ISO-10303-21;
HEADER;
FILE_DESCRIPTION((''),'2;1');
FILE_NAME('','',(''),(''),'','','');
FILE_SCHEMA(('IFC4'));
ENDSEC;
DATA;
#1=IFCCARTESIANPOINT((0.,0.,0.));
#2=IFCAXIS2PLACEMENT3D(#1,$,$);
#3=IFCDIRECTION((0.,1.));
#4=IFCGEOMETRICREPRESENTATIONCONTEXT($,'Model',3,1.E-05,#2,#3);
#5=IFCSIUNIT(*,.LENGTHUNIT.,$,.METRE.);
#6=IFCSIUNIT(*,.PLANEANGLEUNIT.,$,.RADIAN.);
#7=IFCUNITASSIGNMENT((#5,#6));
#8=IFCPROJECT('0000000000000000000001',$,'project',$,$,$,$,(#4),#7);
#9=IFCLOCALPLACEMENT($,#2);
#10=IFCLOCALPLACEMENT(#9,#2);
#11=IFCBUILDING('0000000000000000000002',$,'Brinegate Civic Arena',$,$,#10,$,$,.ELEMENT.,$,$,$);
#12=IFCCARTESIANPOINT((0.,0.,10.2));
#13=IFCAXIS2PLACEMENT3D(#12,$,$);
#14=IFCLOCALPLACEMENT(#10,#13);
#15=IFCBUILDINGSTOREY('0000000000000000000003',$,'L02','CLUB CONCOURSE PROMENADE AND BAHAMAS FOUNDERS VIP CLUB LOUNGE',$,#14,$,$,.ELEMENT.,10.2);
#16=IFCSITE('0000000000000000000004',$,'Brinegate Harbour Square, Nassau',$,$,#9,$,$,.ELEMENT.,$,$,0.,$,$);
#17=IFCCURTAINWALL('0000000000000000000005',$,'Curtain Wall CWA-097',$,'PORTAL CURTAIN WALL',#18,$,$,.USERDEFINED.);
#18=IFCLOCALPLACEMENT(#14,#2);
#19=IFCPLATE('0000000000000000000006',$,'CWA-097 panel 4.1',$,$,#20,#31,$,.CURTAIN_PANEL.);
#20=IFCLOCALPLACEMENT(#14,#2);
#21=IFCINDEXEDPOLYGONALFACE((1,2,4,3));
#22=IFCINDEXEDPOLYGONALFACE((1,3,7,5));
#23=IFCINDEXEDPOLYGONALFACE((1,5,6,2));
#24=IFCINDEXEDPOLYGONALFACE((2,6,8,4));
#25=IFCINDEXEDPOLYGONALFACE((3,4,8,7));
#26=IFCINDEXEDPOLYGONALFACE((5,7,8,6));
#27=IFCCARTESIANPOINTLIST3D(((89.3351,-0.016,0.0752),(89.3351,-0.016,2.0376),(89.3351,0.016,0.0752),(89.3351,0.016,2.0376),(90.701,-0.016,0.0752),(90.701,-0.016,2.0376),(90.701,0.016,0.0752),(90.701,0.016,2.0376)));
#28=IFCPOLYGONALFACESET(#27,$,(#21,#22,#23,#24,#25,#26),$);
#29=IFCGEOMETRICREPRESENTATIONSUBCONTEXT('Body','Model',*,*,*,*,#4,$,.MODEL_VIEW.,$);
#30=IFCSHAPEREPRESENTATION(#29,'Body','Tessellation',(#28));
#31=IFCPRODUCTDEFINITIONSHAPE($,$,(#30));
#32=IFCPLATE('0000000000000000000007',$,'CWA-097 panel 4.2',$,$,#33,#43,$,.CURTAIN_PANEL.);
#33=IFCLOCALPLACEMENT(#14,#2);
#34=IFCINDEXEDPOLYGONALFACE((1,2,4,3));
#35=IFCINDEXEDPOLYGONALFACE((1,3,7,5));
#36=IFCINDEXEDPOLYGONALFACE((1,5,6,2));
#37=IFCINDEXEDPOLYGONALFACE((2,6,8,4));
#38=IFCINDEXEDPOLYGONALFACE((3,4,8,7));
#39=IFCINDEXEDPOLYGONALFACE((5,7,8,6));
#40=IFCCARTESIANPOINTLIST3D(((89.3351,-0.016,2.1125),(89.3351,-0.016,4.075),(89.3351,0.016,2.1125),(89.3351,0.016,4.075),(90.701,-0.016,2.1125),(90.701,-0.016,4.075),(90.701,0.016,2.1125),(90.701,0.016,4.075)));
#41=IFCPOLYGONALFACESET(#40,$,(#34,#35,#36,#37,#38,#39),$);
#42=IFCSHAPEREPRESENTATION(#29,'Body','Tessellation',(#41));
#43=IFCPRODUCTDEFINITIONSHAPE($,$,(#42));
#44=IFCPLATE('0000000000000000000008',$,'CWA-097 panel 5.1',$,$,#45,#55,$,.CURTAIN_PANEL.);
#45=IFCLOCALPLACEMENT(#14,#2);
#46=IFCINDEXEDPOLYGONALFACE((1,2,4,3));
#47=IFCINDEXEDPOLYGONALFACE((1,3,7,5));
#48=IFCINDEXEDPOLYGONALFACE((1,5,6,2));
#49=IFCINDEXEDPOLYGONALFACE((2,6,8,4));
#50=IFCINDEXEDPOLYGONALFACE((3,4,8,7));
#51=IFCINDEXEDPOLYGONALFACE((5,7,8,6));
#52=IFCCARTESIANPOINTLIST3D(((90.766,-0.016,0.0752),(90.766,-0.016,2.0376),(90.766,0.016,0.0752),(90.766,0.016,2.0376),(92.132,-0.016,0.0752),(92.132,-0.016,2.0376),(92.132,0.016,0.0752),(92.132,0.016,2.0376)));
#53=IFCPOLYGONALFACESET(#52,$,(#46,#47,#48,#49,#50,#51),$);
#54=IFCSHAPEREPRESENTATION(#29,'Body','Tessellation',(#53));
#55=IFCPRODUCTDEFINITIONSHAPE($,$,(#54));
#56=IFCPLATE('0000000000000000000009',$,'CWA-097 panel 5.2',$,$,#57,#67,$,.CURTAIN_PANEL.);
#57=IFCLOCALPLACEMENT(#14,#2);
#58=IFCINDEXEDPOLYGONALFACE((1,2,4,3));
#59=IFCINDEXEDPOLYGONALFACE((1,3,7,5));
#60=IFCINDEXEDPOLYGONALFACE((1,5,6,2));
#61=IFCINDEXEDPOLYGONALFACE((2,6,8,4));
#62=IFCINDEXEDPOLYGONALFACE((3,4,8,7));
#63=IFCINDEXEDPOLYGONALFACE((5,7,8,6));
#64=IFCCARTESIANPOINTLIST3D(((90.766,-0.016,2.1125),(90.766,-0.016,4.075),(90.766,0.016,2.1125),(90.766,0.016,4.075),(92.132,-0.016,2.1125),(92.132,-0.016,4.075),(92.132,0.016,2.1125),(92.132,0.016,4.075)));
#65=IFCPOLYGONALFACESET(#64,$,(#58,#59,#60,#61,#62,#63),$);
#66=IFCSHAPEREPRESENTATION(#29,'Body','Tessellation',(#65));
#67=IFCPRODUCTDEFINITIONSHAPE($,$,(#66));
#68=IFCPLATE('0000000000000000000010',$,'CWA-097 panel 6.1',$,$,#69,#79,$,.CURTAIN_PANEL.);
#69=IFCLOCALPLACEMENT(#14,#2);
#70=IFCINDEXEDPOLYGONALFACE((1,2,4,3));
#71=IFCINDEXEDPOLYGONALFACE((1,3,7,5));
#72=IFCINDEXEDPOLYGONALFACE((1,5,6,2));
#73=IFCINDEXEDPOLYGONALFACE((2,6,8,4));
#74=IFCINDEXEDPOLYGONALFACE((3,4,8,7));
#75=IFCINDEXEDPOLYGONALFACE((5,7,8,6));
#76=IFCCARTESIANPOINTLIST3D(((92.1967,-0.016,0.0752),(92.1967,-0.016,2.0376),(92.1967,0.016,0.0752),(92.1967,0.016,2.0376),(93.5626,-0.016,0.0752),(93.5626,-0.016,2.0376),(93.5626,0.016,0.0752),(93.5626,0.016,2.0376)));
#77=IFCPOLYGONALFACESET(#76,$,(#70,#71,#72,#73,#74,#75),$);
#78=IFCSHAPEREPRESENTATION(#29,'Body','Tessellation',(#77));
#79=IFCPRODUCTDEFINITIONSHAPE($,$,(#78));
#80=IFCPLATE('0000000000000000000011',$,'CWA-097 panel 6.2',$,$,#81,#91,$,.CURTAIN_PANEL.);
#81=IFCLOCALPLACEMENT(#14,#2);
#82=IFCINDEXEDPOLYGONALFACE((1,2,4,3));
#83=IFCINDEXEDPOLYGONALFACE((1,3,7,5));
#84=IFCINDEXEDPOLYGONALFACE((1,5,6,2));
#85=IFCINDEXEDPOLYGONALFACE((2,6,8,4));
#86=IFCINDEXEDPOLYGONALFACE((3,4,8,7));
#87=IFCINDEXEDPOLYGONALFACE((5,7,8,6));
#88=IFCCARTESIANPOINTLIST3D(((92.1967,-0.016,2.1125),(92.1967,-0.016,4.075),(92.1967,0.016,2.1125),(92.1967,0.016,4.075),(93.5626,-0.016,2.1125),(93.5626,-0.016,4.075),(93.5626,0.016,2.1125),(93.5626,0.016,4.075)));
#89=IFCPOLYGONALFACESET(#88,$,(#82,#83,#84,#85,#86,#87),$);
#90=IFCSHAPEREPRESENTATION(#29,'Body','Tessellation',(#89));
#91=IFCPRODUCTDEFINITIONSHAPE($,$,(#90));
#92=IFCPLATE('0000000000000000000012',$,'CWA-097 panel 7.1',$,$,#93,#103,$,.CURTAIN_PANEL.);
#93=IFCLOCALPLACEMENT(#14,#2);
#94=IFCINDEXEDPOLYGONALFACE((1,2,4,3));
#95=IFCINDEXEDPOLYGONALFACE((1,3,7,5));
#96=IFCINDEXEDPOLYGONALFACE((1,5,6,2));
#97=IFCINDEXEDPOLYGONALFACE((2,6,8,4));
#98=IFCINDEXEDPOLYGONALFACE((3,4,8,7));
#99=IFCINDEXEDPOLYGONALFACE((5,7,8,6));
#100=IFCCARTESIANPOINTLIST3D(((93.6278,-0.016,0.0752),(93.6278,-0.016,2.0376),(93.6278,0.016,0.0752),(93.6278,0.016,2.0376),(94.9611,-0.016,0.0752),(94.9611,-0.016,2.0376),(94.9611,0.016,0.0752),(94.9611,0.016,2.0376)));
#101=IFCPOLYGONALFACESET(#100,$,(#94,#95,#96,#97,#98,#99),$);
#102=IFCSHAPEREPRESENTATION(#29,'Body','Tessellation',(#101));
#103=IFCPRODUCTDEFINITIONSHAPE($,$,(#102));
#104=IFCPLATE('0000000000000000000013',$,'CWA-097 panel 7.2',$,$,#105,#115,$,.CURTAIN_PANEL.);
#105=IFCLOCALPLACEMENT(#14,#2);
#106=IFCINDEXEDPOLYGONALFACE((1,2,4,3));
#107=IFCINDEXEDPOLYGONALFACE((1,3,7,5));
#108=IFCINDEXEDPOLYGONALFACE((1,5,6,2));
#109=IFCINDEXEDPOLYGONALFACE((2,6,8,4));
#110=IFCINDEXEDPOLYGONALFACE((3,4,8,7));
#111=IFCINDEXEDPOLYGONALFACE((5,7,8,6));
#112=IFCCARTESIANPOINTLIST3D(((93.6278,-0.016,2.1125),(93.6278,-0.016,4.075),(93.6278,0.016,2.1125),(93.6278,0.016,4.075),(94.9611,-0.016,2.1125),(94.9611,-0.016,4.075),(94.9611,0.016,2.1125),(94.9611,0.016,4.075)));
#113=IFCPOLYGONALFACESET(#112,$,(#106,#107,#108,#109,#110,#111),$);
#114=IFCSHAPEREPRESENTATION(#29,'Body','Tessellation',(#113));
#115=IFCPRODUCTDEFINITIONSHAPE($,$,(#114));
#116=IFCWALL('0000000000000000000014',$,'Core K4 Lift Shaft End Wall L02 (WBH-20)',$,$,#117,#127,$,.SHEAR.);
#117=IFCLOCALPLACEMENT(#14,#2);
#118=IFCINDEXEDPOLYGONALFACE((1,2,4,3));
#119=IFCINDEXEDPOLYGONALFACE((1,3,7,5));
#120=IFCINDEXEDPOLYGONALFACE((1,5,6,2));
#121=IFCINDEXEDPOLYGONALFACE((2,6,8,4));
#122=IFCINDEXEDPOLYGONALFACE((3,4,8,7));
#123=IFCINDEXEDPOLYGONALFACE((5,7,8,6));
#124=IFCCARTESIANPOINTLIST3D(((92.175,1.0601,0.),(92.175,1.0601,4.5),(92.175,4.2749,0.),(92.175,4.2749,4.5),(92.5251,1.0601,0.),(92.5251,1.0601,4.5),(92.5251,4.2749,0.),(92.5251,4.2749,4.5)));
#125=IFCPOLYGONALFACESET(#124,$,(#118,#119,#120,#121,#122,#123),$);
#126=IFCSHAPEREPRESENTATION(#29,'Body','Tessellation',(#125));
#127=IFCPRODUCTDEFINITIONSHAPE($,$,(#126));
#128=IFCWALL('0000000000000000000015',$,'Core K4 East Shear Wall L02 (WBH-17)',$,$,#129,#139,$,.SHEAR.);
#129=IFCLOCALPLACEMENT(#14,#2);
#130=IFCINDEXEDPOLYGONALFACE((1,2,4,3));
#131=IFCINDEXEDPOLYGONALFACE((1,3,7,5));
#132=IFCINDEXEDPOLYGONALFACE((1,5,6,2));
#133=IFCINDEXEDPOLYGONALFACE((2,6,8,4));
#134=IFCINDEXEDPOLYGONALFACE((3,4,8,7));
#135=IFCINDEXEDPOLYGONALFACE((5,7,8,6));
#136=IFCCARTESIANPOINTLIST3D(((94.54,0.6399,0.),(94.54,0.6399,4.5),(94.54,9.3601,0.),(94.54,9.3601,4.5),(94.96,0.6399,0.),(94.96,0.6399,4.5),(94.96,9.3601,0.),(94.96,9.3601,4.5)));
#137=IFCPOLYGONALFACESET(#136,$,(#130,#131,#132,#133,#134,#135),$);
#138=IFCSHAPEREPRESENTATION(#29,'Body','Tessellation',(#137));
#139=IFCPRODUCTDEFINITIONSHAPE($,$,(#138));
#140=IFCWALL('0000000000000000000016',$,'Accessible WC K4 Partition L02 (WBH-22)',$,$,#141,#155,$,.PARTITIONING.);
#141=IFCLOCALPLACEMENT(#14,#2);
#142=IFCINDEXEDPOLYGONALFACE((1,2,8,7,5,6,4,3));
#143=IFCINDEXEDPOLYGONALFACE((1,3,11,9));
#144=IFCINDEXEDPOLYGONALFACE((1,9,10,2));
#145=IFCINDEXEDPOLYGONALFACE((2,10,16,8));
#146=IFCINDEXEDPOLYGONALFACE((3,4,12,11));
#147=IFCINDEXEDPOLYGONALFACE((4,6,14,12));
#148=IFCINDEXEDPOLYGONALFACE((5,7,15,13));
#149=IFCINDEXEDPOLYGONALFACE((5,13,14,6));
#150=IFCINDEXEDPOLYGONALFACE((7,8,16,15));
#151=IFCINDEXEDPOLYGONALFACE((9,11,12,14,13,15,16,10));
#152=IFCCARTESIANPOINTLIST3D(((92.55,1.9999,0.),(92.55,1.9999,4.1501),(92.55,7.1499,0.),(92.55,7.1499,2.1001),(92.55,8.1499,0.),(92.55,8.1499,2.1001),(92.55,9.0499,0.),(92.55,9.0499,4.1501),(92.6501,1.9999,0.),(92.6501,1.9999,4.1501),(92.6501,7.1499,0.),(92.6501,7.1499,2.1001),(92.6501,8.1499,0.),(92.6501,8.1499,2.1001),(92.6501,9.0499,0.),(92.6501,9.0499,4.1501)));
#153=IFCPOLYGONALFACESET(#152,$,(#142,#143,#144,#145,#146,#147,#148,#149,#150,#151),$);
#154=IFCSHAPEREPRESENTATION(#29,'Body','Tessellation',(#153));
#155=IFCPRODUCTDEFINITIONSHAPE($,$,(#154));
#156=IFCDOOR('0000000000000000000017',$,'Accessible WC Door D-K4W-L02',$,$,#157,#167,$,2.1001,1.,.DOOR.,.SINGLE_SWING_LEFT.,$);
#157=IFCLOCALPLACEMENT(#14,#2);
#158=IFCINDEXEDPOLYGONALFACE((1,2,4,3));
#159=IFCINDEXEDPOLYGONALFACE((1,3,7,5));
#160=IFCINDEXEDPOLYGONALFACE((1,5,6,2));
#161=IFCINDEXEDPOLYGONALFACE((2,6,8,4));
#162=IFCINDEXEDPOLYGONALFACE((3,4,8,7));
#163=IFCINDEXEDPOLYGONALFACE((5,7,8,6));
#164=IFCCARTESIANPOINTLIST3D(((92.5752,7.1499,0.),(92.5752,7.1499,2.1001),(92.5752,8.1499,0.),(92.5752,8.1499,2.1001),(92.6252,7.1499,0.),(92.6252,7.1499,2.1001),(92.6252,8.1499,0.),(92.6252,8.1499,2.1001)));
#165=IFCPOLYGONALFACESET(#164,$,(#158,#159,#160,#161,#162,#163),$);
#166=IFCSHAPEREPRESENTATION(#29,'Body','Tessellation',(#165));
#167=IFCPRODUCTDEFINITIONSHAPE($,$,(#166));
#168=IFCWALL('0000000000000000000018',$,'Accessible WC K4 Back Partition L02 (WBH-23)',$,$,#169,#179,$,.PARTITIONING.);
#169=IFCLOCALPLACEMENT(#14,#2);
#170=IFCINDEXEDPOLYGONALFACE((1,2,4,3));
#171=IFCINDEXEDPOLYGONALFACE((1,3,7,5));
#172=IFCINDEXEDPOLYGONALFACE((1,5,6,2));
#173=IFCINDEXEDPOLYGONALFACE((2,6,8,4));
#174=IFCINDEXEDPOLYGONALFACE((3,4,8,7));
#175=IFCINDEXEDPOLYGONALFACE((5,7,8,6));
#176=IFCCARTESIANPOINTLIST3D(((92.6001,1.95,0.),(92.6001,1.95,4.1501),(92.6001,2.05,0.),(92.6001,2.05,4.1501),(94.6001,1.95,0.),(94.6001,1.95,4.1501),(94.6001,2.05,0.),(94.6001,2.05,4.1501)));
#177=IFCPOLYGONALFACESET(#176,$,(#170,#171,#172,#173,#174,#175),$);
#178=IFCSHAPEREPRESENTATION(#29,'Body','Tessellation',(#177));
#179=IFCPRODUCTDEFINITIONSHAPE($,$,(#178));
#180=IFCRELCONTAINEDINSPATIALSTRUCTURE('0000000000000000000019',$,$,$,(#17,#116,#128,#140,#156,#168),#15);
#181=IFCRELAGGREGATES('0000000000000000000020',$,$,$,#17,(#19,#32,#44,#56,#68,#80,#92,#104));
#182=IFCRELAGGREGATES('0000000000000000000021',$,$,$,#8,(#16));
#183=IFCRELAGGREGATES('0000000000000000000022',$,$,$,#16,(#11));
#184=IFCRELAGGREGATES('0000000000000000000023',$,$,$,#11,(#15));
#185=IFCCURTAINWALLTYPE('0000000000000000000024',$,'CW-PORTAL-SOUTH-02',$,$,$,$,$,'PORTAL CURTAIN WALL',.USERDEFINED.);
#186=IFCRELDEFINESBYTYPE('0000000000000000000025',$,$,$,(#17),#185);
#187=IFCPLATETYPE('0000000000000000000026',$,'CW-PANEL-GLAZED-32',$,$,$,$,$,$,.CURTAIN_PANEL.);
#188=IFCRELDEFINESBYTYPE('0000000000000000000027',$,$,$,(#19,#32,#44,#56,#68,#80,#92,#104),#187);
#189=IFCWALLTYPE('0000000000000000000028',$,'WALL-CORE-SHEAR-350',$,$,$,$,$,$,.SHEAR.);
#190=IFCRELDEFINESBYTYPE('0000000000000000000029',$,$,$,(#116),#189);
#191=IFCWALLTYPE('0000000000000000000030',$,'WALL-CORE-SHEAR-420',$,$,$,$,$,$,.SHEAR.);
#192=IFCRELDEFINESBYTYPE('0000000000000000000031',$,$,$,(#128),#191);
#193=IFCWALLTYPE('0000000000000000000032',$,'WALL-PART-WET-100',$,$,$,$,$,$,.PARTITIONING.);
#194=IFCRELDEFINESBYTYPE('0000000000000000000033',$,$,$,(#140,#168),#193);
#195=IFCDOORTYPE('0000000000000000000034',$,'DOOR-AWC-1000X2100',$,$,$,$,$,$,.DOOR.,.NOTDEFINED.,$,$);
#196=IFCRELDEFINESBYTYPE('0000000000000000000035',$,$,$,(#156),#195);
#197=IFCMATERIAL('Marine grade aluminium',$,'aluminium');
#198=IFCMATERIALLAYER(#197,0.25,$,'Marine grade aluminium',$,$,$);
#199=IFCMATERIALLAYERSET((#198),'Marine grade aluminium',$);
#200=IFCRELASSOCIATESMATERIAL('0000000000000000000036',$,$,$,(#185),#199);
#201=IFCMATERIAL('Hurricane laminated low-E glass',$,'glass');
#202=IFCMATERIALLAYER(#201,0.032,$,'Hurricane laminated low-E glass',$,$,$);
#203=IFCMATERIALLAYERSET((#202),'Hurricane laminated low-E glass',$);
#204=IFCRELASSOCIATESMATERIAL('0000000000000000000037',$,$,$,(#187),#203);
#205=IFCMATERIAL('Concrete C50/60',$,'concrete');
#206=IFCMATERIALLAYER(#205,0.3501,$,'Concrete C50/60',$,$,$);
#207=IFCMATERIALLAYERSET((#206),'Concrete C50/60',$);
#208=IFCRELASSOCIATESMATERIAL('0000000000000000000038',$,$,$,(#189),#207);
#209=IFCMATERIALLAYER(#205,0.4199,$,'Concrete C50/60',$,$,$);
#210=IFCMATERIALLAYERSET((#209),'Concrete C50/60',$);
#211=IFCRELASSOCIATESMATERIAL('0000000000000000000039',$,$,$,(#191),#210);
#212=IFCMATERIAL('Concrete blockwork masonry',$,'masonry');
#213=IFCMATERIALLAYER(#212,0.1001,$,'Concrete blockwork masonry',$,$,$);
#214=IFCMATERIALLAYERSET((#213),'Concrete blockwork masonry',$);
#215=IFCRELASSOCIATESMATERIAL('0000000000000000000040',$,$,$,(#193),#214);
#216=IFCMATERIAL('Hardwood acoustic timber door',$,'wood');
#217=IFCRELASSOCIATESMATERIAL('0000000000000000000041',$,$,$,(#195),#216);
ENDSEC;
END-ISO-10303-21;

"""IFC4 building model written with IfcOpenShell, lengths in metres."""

from ifc_helpers import new_model, si_unit, direction, frame, frame_2d, origin, origin_2d, place, context, subcontext, project, spatial, rectangle, extrude, material, layer, layer_set, type_object, element, fill, aggregate, save


model = new_model("IFC4")

# Units and contexts
model_context = context("Model", 3, precision=1e-05, world=origin(), true_north=direction((0.0, 1.0)))
body_context = subcontext(model_context, "Body", "Model", "MODEL_VIEW")
ifc_project = project(units=[si_unit("LENGTHUNIT", "METRE"), si_unit("PLANEANGLEUNIT", "RADIAN")], contexts=[model_context])

# Site, building, storey
site_placement = place(None, origin())
site = spatial("IfcSite", under=ifc_project, at=site_placement, Name="Brinegate Harbour Square, Nassau", CompositionType="ELEMENT", RefElevation=0.0)
building_placement = place(site_placement, origin())
building = spatial("IfcBuilding", under=site, at=building_placement, Name="Brinegate Civic Arena", CompositionType="ELEMENT")
storey_placement = place(building_placement, frame((0.0, 0.0, 10.2)))
storey = spatial("IfcBuildingStorey", under=building, at=storey_placement, Name="L02", Description="CLUB CONCOURSE PROMENADE AND BAHAMAS FOUNDERS VIP CLUB LOUNGE", CompositionType="ELEMENT", Elevation=10.2)

# Curtain wall, plates
ifc_material_1 = material(Name="Marine grade aluminium", Category="aluminium")
ifc_layer_1 = layer(ifc_material_1, 0.25, Name="Marine grade aluminium")
ifc_layer_set_1 = layer_set([ifc_layer_1], Name="Marine grade aluminium")
curtain_wall_type = type_object("IfcCurtainWallType", Name="CW-PORTAL-SOUTH-02", ElementType="PORTAL CURTAIN WALL", PredefinedType="USERDEFINED", material=ifc_layer_set_1)
curtain_wall_placement = place(storey_placement, origin())
curtain_wall = element("IfcCurtainWall", 1, at=curtain_wall_placement, inside=storey, type_object=curtain_wall_type, Name="Curtain Wall CWA-097", ObjectType="PORTAL CURTAIN WALL", PredefinedType="USERDEFINED")
ifc_material_2 = material(Name="Hurricane laminated low-E glass", Category="glass")
ifc_layer_2 = layer(ifc_material_2, 0.032, Name="Hurricane laminated low-E glass")
ifc_layer_set_2 = layer_set([ifc_layer_2], Name="Hurricane laminated low-E glass")
plate_type = type_object("IfcPlateType", Name="CW-PANEL-GLAZED-32", PredefinedType="CURTAIN_PANEL", material=ifc_layer_set_2)
plate_1_placement = place(storey_placement, frame((90.0181, 0.0, 0.0752), z_axis=(0.0, 0.0, 1.0), x_axis=(1.0, 0.0, 0.0)))
plate_1 = element("IfcPlate", 2, at=plate_1_placement, type_object=plate_type, Name="CWA-097 panel 4.1", PredefinedType="CURTAIN_PANEL", context=body_context, shape_type="SweptSolid", body=[
    extrude(rectangle(XDim=1.366, YDim=0.032, at=origin_2d()), origin(), (0.0, 0.0, 1.0), 1.9624),
])
plate_2_placement = place(storey_placement, frame((90.0181, 0.0, 2.1125), z_axis=(0.0, 0.0, 1.0), x_axis=(1.0, 0.0, 0.0)))
plate_2 = element("IfcPlate", 3, at=plate_2_placement, type_object=plate_type, Name="CWA-097 panel 4.2", PredefinedType="CURTAIN_PANEL", context=body_context, shape_type="SweptSolid", body=[
    extrude(rectangle(XDim=1.366, YDim=0.032, at=origin_2d()), origin(), (0.0, 0.0, 1.0), 1.9624),
])
plate_3_placement = place(storey_placement, frame((91.449, 0.0, 0.0752), z_axis=(0.0, 0.0, 1.0), x_axis=(1.0, 0.0, 0.0)))
plate_3 = element("IfcPlate", 4, at=plate_3_placement, type_object=plate_type, Name="CWA-097 panel 5.1", PredefinedType="CURTAIN_PANEL", context=body_context, shape_type="SweptSolid", body=[
    extrude(rectangle(XDim=1.366, YDim=0.032, at=origin_2d()), origin(), (0.0, 0.0, 1.0), 1.9624),
])
plate_4_placement = place(storey_placement, frame((91.449, 0.0, 2.1125), z_axis=(0.0, 0.0, 1.0), x_axis=(1.0, 0.0, 0.0)))
plate_4 = element("IfcPlate", 5, at=plate_4_placement, type_object=plate_type, Name="CWA-097 panel 5.2", PredefinedType="CURTAIN_PANEL", context=body_context, shape_type="SweptSolid", body=[
    extrude(rectangle(XDim=1.366, YDim=0.032, at=origin_2d()), origin(), (0.0, 0.0, 1.0), 1.9624),
])
plate_5_placement = place(storey_placement, frame((92.8796, 0.0, 0.0752), z_axis=(0.0, 0.0, 1.0), x_axis=(1.0, 0.0, 0.0)))
plate_5 = element("IfcPlate", 6, at=plate_5_placement, type_object=plate_type, Name="CWA-097 panel 6.1", PredefinedType="CURTAIN_PANEL", context=body_context, shape_type="SweptSolid", body=[
    extrude(rectangle(XDim=1.366, YDim=0.032, at=origin_2d()), origin(), (0.0, 0.0, 1.0), 1.9624),
])
plate_6_placement = place(storey_placement, frame((92.8796, 0.0, 2.1125), z_axis=(0.0, 0.0, 1.0), x_axis=(1.0, 0.0, 0.0)))
plate_6 = element("IfcPlate", 7, at=plate_6_placement, type_object=plate_type, Name="CWA-097 panel 6.2", PredefinedType="CURTAIN_PANEL", context=body_context, shape_type="SweptSolid", body=[
    extrude(rectangle(XDim=1.366, YDim=0.032, at=origin_2d()), origin(), (0.0, 0.0, 1.0), 1.9624),
])
plate_7_placement = place(storey_placement, frame((94.2944, 0.0, 0.0752), z_axis=(0.0, 0.0, 1.0), x_axis=(1.0, 0.0, 0.0)))
plate_7 = element("IfcPlate", 8, at=plate_7_placement, type_object=plate_type, Name="CWA-097 panel 7.1", PredefinedType="CURTAIN_PANEL", context=body_context, shape_type="SweptSolid", body=[
    extrude(rectangle(XDim=1.3333, YDim=0.032, at=origin_2d()), origin(), (0.0, 0.0, 1.0), 1.9624),
])
plate_8_placement = place(storey_placement, frame((94.2944, 0.0, 2.1125), z_axis=(0.0, 0.0, 1.0), x_axis=(1.0, 0.0, 0.0)))
plate_8 = element("IfcPlate", 9, at=plate_8_placement, type_object=plate_type, Name="CWA-097 panel 7.2", PredefinedType="CURTAIN_PANEL", context=body_context, shape_type="SweptSolid", body=[
    extrude(rectangle(XDim=1.3333, YDim=0.032, at=origin_2d()), origin(), (0.0, 0.0, 1.0), 1.9624),
])
aggregate(curtain_wall, [plate_1, plate_2, plate_3, plate_4, plate_5, plate_6, plate_7, plate_8])

# Walls
ifc_material_3 = material(Name="Concrete C50/60", Category="concrete")
ifc_layer_3 = layer(ifc_material_3, 0.3501, Name="Concrete C50/60")
ifc_layer_set_3 = layer_set([ifc_layer_3], Name="Concrete C50/60")
wall_type_1 = type_object("IfcWallType", Name="WALL-CORE-SHEAR-350", PredefinedType="SHEAR", material=ifc_layer_set_3)
wall_1_placement = place(storey_placement, frame((92.3501, 1.0601, 0.0), z_axis=(0.0, 0.0, 1.0), x_axis=(0.0, 1.0, 0.0)))
element("IfcWall", 10, at=wall_1_placement, inside=storey, type_object=wall_type_1, Name="Core K4 Lift Shaft End Wall L02 (WBH-20)", PredefinedType="SHEAR", context=body_context, shape_type="SweptSolid", body=[
    extrude(rectangle(XDim=3.2148, YDim=0.3501, at=frame_2d((1.6074, 0.0))), origin(), (0.0, 0.0, 1.0), 4.5),
])
ifc_layer_4 = layer(ifc_material_3, 0.4199, Name="Concrete C50/60")
ifc_layer_set_4 = layer_set([ifc_layer_4], Name="Concrete C50/60")
wall_type_2 = type_object("IfcWallType", Name="WALL-CORE-SHEAR-420", PredefinedType="SHEAR", material=ifc_layer_set_4)
wall_2_placement = place(storey_placement, frame((94.75, 0.6399, 0.0), z_axis=(0.0, 0.0, 1.0), x_axis=(0.0, 1.0, 0.0)))
element("IfcWall", 11, at=wall_2_placement, inside=storey, type_object=wall_type_2, Name="Core K4 East Shear Wall L02 (WBH-17)", PredefinedType="SHEAR", context=body_context, shape_type="SweptSolid", body=[
    extrude(rectangle(XDim=8.7202, YDim=0.4199, at=frame_2d((4.3601, 0.0))), origin(), (0.0, 0.0, 1.0), 4.5),
])

# Wall, opening, door
ifc_material_4 = material(Name="Concrete blockwork masonry", Category="masonry")
ifc_layer_5 = layer(ifc_material_4, 0.1001, Name="Concrete blockwork masonry")
ifc_layer_set_5 = layer_set([ifc_layer_5], Name="Concrete blockwork masonry")
wall_type_3 = type_object("IfcWallType", Name="WALL-PART-WET-100", PredefinedType="PARTITIONING", material=ifc_layer_set_5)
wall_3_placement = place(storey_placement, frame((92.6001, 2.0, 0.0), z_axis=(0.0, 0.0, 1.0), x_axis=(0.0, 1.0, 0.0)))
wall_3 = element("IfcWall", 12, at=wall_3_placement, inside=storey, type_object=wall_type_3, Name="Accessible WC K4 Partition L02 (WBH-22)", PredefinedType="PARTITIONING", context=body_context, shape_type="SweptSolid", body=[
    extrude(rectangle(XDim=7.05, YDim=0.1001, at=frame_2d((3.5249, 0.0))), origin(), (0.0, 0.0, 1.0), 4.1501),
])
opening_placement = place(wall_3_placement, frame((5.1499, 0.0, 0.0)))
opening = element("IfcOpeningElement", 13, at=opening_placement, cuts=wall_3, PredefinedType="OPENING", context=body_context, shape_type="SweptSolid", body=[
    extrude(rectangle(XDim=1.0, YDim=2.1001, at=frame_2d((0.5, 1.05))), frame((0.0, 0.0601, 0.0), z_axis=(0.0, -1.0, 0.0), x_axis=(1.0, 0.0, 0.0)), (0.0, 0.0, 1.0), 0.1201),
])
ifc_material_5 = material(Name="Hardwood acoustic timber door", Category="wood")
door_type = type_object("IfcDoorType", Name="DOOR-AWC-1000X2100", OperationType="NOTDEFINED", PredefinedType="DOOR", material=ifc_material_5)
door_placement = place(opening_placement, origin())
door = element("IfcDoor", 14, at=door_placement, inside=storey, type_object=door_type, Name="Accessible WC Door D-K4W-L02", OperationType="SINGLE_SWING_LEFT", OverallHeight=2.1001, OverallWidth=1.0, PredefinedType="DOOR", context=body_context, shape_type="SweptSolid", body=[
    extrude(rectangle(XDim=1.0, YDim=2.1001, at=frame_2d((0.5, 1.05))), frame((0.0, 0.0249, 0.0), z_axis=(0.0, -1.0, 0.0), x_axis=(1.0, 0.0, 0.0)), (0.0, 0.0, 1.0), 0.05),
])
fill(opening, door)

# Wall
wall_4_placement = place(storey_placement, frame((92.6001, 2.0, 0.0), z_axis=(0.0, 0.0, 1.0), x_axis=(1.0, 0.0, 0.0)))
element("IfcWall", 15, at=wall_4_placement, inside=storey, type_object=wall_type_3, Name="Accessible WC K4 Back Partition L02 (WBH-23)", PredefinedType="PARTITIONING", context=body_context, shape_type="SweptSolid", body=[
    extrude(rectangle(XDim=2.0, YDim=0.1001, at=frame_2d((1.0, 0.0))), origin(), (0.0, 0.0, 1.0), 4.1501),
])

save(model, "model.ifc")
